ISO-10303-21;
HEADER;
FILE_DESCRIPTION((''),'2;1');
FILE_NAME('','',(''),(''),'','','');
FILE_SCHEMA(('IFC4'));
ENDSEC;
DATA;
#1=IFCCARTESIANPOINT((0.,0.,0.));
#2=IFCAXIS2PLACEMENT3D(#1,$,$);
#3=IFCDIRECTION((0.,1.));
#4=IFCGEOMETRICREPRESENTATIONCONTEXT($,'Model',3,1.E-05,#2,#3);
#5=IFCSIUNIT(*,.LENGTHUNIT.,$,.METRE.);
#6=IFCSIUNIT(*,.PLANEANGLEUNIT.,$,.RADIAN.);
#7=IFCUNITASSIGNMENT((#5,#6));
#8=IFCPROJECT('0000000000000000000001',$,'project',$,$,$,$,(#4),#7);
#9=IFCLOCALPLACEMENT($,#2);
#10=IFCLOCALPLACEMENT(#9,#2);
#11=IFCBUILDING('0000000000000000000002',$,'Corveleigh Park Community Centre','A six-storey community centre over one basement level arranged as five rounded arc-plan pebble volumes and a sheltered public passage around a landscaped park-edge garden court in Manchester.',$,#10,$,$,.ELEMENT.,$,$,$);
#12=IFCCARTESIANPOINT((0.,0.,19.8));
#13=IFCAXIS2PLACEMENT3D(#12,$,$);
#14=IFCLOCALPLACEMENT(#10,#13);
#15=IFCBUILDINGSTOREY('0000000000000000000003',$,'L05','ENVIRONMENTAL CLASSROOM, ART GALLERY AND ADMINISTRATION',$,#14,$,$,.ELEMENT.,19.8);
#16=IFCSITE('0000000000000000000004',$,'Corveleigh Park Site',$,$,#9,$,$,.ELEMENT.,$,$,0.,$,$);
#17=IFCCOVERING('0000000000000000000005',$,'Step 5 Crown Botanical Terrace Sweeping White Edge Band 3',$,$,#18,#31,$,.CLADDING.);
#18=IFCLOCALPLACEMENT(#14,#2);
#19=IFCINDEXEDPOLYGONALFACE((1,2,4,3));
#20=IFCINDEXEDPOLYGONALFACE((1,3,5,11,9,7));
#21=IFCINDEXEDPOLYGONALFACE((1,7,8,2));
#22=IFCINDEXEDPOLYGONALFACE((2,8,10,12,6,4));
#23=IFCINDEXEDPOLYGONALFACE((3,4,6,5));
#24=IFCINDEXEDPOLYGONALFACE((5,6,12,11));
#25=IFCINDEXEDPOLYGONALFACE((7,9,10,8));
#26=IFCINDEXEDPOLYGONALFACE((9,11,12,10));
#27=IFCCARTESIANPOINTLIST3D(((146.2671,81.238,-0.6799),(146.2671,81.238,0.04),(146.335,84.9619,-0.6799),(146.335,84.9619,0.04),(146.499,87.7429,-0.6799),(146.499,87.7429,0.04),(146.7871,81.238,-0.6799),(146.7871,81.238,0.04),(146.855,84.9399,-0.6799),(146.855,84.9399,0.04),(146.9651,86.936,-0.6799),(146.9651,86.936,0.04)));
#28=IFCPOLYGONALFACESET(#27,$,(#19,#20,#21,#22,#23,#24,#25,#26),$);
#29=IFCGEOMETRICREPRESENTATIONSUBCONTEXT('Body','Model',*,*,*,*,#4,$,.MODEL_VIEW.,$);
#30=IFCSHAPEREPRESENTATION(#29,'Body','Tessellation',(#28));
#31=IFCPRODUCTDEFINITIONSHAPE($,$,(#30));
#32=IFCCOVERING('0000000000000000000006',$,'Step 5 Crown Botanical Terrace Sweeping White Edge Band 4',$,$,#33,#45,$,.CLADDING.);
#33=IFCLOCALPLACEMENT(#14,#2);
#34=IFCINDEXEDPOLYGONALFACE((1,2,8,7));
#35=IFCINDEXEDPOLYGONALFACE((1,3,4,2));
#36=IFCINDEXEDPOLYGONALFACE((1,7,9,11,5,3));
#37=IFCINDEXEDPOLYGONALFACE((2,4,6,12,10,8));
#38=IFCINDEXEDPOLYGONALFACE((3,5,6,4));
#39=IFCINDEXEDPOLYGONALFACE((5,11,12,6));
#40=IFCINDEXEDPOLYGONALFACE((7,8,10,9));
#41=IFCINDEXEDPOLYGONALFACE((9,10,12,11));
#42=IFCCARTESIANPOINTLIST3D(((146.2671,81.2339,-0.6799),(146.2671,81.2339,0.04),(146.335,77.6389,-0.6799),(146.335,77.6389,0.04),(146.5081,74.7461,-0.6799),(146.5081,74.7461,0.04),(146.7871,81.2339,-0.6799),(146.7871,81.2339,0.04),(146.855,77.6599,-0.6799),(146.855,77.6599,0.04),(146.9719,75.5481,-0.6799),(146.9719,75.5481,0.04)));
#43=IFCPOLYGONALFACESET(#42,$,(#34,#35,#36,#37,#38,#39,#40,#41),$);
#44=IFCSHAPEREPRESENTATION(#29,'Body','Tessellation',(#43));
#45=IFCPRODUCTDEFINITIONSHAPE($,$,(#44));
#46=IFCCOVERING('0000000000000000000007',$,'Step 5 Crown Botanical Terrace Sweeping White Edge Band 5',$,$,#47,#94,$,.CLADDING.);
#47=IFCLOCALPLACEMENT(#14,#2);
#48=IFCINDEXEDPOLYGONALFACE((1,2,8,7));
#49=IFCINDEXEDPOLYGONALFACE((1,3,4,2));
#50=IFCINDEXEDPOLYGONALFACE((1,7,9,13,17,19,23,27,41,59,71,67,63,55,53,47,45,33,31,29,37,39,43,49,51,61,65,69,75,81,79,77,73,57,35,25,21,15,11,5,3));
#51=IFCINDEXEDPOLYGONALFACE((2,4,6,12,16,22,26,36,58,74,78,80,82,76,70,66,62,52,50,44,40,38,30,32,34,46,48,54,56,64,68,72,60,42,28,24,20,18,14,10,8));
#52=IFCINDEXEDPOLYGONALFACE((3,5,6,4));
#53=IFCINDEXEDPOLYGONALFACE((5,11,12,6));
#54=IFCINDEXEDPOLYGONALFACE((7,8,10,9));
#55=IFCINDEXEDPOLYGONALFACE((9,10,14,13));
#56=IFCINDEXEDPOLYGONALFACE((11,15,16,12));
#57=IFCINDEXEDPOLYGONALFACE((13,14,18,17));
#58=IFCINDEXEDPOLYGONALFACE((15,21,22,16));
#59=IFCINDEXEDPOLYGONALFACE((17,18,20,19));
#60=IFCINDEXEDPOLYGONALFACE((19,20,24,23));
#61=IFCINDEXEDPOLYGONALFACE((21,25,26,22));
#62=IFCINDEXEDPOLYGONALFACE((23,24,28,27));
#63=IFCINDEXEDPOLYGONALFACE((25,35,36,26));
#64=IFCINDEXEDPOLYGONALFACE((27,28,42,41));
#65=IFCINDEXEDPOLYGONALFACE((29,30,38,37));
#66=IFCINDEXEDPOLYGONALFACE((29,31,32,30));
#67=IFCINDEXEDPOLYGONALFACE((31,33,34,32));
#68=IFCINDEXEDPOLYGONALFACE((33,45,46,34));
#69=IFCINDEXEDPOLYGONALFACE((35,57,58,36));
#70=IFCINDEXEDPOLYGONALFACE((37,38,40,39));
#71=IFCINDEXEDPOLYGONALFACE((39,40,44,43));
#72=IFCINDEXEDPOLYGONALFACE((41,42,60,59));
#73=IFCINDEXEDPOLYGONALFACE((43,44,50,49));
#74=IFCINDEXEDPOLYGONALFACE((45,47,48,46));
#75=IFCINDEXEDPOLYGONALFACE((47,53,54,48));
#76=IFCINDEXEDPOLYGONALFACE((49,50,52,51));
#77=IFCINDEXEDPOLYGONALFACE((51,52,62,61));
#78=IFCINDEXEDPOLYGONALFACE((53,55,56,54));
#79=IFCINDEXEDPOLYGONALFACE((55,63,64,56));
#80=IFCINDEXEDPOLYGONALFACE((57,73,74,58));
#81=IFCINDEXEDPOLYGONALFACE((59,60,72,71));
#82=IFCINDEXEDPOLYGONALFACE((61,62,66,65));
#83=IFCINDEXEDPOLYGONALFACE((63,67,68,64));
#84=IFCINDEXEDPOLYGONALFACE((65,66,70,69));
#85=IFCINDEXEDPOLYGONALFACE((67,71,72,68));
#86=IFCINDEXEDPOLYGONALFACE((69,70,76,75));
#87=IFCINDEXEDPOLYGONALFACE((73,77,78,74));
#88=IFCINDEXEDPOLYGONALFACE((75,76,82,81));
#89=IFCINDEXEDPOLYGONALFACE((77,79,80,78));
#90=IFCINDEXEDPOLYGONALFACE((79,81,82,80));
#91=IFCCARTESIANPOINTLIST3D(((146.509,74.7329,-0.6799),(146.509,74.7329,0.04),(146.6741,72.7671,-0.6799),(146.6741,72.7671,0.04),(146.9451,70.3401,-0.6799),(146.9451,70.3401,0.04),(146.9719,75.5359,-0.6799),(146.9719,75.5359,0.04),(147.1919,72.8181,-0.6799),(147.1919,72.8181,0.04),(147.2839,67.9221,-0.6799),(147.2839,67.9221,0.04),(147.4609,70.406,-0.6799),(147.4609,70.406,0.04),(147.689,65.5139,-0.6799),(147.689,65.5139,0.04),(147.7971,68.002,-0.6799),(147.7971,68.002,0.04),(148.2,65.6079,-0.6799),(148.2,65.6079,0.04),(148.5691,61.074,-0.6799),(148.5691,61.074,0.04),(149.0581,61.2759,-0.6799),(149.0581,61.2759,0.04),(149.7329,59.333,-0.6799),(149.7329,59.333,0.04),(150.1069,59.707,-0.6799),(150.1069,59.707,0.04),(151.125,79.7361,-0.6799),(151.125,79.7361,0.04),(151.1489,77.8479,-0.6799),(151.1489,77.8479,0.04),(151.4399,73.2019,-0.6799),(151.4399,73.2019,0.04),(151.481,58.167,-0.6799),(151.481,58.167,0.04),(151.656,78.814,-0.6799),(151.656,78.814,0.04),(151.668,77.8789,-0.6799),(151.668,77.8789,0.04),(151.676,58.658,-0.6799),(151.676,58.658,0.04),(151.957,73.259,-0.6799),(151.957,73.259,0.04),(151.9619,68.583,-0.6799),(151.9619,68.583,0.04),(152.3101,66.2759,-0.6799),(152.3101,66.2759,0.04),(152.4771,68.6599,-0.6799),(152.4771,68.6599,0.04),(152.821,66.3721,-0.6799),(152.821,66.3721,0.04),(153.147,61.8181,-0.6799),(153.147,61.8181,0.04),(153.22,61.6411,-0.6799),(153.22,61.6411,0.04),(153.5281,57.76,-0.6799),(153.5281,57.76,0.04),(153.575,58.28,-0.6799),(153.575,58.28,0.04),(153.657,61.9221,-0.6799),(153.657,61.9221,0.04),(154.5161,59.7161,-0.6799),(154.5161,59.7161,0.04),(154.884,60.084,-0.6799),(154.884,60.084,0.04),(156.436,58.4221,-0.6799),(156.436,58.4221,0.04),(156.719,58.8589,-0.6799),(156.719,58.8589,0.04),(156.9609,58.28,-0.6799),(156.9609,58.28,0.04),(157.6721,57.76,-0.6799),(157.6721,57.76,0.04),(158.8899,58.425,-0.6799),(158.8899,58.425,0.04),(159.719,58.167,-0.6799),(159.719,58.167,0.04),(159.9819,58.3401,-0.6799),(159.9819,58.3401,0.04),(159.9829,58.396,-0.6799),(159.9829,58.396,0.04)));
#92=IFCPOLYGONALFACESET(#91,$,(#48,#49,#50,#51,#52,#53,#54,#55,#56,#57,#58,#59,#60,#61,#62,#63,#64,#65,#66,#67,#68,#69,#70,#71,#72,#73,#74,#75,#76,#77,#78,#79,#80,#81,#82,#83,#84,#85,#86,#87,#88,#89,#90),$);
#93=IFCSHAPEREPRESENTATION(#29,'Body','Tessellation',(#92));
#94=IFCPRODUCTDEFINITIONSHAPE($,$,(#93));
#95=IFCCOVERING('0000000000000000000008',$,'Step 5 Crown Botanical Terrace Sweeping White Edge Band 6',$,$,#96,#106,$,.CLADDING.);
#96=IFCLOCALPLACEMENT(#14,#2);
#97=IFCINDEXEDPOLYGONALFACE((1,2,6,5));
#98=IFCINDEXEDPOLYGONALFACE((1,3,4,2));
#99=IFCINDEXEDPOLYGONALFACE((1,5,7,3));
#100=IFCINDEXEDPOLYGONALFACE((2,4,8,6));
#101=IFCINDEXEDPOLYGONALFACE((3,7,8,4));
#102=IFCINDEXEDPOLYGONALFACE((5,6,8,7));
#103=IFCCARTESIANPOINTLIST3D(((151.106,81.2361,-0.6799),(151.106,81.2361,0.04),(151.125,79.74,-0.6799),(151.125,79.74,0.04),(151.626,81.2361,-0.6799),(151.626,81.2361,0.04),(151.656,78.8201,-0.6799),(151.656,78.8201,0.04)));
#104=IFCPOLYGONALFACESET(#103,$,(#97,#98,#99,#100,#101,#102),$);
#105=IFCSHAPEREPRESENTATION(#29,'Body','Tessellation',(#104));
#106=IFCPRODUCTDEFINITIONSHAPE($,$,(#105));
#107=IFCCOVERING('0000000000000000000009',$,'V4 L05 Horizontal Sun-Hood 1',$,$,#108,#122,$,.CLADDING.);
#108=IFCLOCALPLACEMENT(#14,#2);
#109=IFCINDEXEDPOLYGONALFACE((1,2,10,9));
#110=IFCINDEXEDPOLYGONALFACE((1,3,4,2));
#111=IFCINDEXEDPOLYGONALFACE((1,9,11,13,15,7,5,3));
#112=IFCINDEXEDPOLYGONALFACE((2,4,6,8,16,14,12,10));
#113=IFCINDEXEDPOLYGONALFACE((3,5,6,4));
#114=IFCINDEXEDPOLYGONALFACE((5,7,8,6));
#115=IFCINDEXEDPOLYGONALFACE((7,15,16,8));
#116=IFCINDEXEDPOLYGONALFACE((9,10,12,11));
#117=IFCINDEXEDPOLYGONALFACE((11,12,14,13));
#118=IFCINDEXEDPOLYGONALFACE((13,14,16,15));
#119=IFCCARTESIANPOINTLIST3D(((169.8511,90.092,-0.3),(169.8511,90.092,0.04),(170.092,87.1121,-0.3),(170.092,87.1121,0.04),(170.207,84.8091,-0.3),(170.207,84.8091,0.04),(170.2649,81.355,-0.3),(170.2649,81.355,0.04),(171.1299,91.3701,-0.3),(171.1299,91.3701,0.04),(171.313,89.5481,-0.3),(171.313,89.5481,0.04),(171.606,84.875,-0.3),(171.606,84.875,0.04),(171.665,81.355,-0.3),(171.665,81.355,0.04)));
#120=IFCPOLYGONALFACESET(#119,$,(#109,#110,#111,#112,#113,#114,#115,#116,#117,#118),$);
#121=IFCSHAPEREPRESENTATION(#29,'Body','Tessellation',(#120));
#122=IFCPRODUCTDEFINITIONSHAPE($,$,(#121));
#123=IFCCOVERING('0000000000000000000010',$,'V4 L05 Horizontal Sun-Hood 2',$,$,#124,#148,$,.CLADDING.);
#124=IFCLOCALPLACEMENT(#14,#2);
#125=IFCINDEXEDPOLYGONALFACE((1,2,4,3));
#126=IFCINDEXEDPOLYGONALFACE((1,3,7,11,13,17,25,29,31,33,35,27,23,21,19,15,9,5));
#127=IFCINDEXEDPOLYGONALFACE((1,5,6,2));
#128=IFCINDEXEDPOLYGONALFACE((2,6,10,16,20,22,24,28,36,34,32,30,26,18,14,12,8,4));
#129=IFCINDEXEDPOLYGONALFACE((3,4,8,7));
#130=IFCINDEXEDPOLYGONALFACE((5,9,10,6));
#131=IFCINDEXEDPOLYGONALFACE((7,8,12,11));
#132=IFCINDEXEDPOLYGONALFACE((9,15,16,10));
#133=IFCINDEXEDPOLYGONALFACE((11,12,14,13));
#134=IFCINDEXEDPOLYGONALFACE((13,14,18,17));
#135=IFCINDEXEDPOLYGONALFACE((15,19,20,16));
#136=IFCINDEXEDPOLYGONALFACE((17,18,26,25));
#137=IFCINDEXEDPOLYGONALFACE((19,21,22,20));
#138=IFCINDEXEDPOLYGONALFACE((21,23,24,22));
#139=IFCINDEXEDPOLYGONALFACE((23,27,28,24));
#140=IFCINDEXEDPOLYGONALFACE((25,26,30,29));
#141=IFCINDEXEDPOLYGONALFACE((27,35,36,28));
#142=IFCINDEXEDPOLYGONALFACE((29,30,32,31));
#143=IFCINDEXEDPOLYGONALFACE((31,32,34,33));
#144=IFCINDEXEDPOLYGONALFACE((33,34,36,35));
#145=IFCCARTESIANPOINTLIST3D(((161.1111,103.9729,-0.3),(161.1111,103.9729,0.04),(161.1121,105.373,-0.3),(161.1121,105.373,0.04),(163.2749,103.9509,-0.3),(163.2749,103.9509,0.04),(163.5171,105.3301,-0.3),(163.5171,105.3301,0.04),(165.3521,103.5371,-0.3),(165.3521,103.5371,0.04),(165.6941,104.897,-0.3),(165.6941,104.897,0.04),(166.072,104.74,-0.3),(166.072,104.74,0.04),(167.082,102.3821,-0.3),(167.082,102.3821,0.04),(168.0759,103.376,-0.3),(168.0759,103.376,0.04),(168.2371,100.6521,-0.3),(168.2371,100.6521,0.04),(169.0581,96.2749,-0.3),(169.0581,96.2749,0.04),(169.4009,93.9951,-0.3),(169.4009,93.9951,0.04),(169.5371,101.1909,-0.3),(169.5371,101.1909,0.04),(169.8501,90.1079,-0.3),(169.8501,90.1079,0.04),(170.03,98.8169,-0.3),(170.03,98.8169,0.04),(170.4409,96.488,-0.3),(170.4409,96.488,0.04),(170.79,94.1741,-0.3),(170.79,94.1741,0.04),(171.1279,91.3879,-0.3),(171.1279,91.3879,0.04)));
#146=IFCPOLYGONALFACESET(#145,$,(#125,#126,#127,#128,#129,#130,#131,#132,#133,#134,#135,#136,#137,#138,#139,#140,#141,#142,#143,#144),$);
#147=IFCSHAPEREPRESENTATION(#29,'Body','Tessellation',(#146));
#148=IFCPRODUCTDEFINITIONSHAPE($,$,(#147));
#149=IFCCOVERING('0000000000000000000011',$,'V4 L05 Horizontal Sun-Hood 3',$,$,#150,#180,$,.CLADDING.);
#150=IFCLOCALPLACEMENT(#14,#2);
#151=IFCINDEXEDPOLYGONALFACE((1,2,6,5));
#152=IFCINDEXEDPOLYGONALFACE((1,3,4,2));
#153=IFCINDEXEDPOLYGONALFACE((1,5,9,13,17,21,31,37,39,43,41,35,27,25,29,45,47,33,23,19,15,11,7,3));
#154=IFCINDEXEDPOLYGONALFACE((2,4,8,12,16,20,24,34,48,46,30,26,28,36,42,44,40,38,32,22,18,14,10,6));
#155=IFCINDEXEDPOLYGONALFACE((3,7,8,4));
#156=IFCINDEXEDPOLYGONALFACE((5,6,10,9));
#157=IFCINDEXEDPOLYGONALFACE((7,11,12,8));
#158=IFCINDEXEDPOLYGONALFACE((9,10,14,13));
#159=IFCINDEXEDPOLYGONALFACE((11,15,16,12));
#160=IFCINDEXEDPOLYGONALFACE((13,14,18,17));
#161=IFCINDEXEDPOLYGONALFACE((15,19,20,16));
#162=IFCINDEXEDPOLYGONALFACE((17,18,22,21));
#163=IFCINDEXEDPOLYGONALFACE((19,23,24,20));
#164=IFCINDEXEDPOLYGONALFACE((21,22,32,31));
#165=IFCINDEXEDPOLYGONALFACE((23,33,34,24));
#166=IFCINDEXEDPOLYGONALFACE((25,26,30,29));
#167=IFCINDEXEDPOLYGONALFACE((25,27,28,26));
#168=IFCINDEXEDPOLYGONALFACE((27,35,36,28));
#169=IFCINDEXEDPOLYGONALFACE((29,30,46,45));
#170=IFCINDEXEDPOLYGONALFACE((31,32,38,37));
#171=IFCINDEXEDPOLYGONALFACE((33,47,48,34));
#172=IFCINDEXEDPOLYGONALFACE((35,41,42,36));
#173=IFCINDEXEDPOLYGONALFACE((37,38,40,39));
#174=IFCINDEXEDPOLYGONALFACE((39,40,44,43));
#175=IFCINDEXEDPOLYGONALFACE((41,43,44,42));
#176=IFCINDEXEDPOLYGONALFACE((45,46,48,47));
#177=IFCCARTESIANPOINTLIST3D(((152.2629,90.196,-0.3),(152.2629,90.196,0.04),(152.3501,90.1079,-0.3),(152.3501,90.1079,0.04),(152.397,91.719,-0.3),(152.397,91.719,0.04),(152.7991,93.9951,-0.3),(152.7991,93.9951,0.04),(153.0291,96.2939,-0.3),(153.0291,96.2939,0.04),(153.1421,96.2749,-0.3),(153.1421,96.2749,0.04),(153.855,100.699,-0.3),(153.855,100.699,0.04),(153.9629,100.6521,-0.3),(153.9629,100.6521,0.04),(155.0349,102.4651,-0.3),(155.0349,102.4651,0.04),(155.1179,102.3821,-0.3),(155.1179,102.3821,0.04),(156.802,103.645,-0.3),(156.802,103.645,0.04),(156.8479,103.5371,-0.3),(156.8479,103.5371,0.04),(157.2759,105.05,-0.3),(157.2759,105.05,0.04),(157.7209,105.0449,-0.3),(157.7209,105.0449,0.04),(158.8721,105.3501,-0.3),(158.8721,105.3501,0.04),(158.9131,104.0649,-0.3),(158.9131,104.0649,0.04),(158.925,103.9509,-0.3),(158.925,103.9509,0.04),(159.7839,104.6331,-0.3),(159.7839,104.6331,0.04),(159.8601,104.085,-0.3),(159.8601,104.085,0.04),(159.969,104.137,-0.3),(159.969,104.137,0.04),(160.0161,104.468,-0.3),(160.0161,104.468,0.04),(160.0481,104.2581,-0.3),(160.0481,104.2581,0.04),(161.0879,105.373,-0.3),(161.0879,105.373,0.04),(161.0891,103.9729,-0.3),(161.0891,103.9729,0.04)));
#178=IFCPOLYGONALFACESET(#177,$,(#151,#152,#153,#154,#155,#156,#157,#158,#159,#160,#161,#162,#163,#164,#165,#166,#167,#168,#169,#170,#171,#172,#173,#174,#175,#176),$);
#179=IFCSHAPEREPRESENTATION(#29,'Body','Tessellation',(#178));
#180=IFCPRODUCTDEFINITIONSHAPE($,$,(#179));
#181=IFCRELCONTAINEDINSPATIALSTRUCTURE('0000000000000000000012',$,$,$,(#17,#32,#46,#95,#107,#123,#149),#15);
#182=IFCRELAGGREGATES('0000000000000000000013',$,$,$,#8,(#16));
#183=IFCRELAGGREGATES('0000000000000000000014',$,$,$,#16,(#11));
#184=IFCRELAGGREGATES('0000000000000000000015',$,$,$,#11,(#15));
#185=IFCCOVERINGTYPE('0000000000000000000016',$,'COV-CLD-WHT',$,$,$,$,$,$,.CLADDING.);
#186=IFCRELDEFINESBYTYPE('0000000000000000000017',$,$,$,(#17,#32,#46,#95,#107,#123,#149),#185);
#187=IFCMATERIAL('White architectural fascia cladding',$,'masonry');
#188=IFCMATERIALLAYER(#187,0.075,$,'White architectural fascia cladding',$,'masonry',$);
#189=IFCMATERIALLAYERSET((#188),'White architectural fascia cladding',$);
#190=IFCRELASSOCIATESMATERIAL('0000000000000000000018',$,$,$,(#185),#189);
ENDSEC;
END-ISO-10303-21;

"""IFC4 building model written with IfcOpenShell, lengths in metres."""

from ifc_helpers import new_model, si_unit, direction, frame, origin, place, context, subcontext, project, spatial, polyline, outline, extrude, material, layer, layer_set, type_object, element, save


model = new_model("IFC4")

# Units and contexts
model_context = context("Model", 3, precision=1e-05, world=origin(), true_north=direction((0.0, 1.0)))
body_context = subcontext(model_context, "Body", "Model", "MODEL_VIEW")
ifc_project = project(units=[si_unit("LENGTHUNIT", "METRE"), si_unit("PLANEANGLEUNIT", "RADIAN")], contexts=[model_context])

# Site, building, storey
site_placement = place(None, origin())
site = spatial("IfcSite", under=ifc_project, at=site_placement, Name="Corveleigh Park Site", CompositionType="ELEMENT", RefElevation=0.0)
building_placement = place(site_placement, origin())
building = spatial("IfcBuilding", under=site, at=building_placement, Name="Corveleigh Park Community Centre", Description="A six-storey community centre over one basement level arranged as five rounded arc-plan pebble volumes and a sheltered public passage around a landscaped park-edge garden court in Manchester.", CompositionType="ELEMENT")
storey_placement = place(building_placement, frame((0.0, 0.0, 19.8)))
storey = spatial("IfcBuildingStorey", under=building, at=storey_placement, Name="L05", Description="ENVIRONMENTAL CLASSROOM, ART GALLERY AND ADMINISTRATION", CompositionType="ELEMENT", Elevation=19.8)

# Coverings
ifc_material_1 = material(Name="White architectural fascia cladding", Category="masonry")
ifc_layer_1 = layer(ifc_material_1, 0.075, Name="White architectural fascia cladding", Category="masonry")
ifc_layer_set_1 = layer_set([ifc_layer_1], Name="White architectural fascia cladding")
covering_type_1 = type_object("IfcCoveringType", Name="COV-CLD-WHT", PredefinedType="CLADDING", material=ifc_layer_set_1)
covering_1_placement = place(storey_placement, frame((0.0, 0.0, -0.6799)))
element("IfcCovering", 1, at=covering_1_placement, inside=storey, type_object=covering_type_1, Name="Step 5 Crown Botanical Terrace Sweeping White Edge Band 3", PredefinedType="CLADDING", context=body_context, shape_type="SweptSolid", body=[
    extrude(outline(polyline([(146.2671, 81.238), (146.335, 84.9619), (146.499, 87.7429), (146.9651, 86.936), (146.855, 84.9399), (146.7871, 81.238), (146.2671, 81.238)])), origin(), (0.0, 0.0, 1.0), 0.72),
])
covering_2_placement = place(storey_placement, frame((0.0, 0.0, -0.6799)))
element("IfcCovering", 2, at=covering_2_placement, inside=storey, type_object=covering_type_1, Name="Step 5 Crown Botanical Terrace Sweeping White Edge Band 4", PredefinedType="CLADDING", context=body_context, shape_type="SweptSolid", body=[
    extrude(outline(polyline([(146.5081, 74.7461), (146.335, 77.6389), (146.2671, 81.2339), (146.7871, 81.2339), (146.855, 77.6599), (146.9719, 75.5481), (146.5081, 74.7461)])), origin(), (0.0, 0.0, 1.0), 0.72),
])
covering_3_placement = place(storey_placement, frame((0.0, 0.0, -0.6799)))
element("IfcCovering", 3, at=covering_3_placement, inside=storey, type_object=covering_type_1, Name="Step 5 Crown Botanical Terrace Sweeping White Edge Band 5", PredefinedType="CLADDING", context=body_context, shape_type="SweptSolid", body=[
    extrude(outline(polyline([(159.719, 58.167), (157.6721, 57.76), (153.5281, 57.76), (151.481, 58.167), (149.7329, 59.333), (148.5691, 61.074), (147.689, 65.5139), (147.2839, 67.9221), (146.9451, 70.3401), (146.6741, 72.7671), (146.509, 74.7329), (146.9719, 75.5359), (147.1919, 72.8181), (147.4609, 70.406), (147.7971, 68.002), (148.2, 65.6079), (149.0581, 61.2759), (150.1069, 59.707), (151.676, 58.658), (153.575, 58.28), (156.9609, 58.28), (156.436, 58.4221), (154.5161, 59.7161), (153.22, 61.6411), (153.147, 61.8181), (152.3101, 66.2759), (151.9619, 68.583), (151.4399, 73.2019), (151.1489, 77.8479), (151.125, 79.7361), (151.656, 78.814), (151.668, 77.8789), (151.957, 73.259), (152.4771, 68.6599), (152.821, 66.3721), (153.657, 61.9221), (154.884, 60.084), (156.719, 58.8589), (158.8899, 58.425), (159.9829, 58.396), (159.9819, 58.3401), (159.719, 58.167)])), origin(), (0.0, 0.0, 1.0), 0.72),
])
covering_4_placement = place(storey_placement, frame((0.0, 0.0, -0.6799)))
element("IfcCovering", 4, at=covering_4_placement, inside=storey, type_object=covering_type_1, Name="Step 5 Crown Botanical Terrace Sweeping White Edge Band 6", PredefinedType="CLADDING", context=body_context, shape_type="SweptSolid", body=[
    extrude(outline(polyline([(151.656, 78.8201), (151.125, 79.74), (151.106, 81.2361), (151.626, 81.2361), (151.656, 78.8201)])), origin(), (0.0, 0.0, 1.0), 0.72),
])
covering_5_placement = place(storey_placement, frame((0.0, 0.0, -0.3)))
element("IfcCovering", 5, at=covering_5_placement, inside=storey, type_object=covering_type_1, Name="V4 L05 Horizontal Sun-Hood 1", PredefinedType="CLADDING", context=body_context, shape_type="SweptSolid", body=[
    extrude(outline(polyline([(171.313, 89.5481), (171.606, 84.875), (171.665, 81.355), (170.2649, 81.355), (170.207, 84.8091), (170.092, 87.1121), (169.8511, 90.092), (171.1299, 91.3701), (171.313, 89.5481)])), origin(), (0.0, 0.0, 1.0), 0.3401),
])
covering_6_placement = place(storey_placement, frame((0.0, 0.0, -0.3)))
element("IfcCovering", 6, at=covering_6_placement, inside=storey, type_object=covering_type_1, Name="V4 L05 Horizontal Sun-Hood 2", PredefinedType="CLADDING", context=body_context, shape_type="SweptSolid", body=[
    extrude(outline(polyline([(161.1121, 105.373), (163.5171, 105.3301), (165.6941, 104.897), (166.072, 104.74), (168.0759, 103.376), (169.5371, 101.1909), (170.03, 98.8169), (170.4409, 96.488), (170.79, 94.1741), (171.1279, 91.3879), (169.8501, 90.1079), (169.4009, 93.9951), (169.0581, 96.2749), (168.2371, 100.6521), (167.082, 102.3821), (165.3521, 103.5371), (163.2749, 103.9509), (161.1111, 103.9729), (161.1121, 105.373)])), origin(), (0.0, 0.0, 1.0), 0.3401),
])
covering_7_placement = place(storey_placement, frame((0.0, 0.0, -0.3)))
element("IfcCovering", 7, at=covering_7_placement, inside=storey, type_object=covering_type_1, Name="V4 L05 Horizontal Sun-Hood 3", PredefinedType="CLADDING", context=body_context, shape_type="SweptSolid", body=[
    extrude(outline(polyline([(152.397, 91.719), (153.0291, 96.2939), (153.855, 100.699), (155.0349, 102.4651), (156.802, 103.645), (158.9131, 104.0649), (159.8601, 104.085), (159.969, 104.137), (160.0481, 104.2581), (160.0161, 104.468), (159.7839, 104.6331), (157.7209, 105.0449), (157.2759, 105.05), (158.8721, 105.3501), (161.0879, 105.373), (161.0891, 103.9729), (158.925, 103.9509), (156.8479, 103.5371), (155.1179, 102.3821), (153.9629, 100.6521), (153.1421, 96.2749), (152.7991, 93.9951), (152.3501, 90.1079), (152.2629, 90.196), (152.397, 91.719)])), origin(), (0.0, 0.0, 1.0), 0.3401),
])

save(model, "model.ifc")
